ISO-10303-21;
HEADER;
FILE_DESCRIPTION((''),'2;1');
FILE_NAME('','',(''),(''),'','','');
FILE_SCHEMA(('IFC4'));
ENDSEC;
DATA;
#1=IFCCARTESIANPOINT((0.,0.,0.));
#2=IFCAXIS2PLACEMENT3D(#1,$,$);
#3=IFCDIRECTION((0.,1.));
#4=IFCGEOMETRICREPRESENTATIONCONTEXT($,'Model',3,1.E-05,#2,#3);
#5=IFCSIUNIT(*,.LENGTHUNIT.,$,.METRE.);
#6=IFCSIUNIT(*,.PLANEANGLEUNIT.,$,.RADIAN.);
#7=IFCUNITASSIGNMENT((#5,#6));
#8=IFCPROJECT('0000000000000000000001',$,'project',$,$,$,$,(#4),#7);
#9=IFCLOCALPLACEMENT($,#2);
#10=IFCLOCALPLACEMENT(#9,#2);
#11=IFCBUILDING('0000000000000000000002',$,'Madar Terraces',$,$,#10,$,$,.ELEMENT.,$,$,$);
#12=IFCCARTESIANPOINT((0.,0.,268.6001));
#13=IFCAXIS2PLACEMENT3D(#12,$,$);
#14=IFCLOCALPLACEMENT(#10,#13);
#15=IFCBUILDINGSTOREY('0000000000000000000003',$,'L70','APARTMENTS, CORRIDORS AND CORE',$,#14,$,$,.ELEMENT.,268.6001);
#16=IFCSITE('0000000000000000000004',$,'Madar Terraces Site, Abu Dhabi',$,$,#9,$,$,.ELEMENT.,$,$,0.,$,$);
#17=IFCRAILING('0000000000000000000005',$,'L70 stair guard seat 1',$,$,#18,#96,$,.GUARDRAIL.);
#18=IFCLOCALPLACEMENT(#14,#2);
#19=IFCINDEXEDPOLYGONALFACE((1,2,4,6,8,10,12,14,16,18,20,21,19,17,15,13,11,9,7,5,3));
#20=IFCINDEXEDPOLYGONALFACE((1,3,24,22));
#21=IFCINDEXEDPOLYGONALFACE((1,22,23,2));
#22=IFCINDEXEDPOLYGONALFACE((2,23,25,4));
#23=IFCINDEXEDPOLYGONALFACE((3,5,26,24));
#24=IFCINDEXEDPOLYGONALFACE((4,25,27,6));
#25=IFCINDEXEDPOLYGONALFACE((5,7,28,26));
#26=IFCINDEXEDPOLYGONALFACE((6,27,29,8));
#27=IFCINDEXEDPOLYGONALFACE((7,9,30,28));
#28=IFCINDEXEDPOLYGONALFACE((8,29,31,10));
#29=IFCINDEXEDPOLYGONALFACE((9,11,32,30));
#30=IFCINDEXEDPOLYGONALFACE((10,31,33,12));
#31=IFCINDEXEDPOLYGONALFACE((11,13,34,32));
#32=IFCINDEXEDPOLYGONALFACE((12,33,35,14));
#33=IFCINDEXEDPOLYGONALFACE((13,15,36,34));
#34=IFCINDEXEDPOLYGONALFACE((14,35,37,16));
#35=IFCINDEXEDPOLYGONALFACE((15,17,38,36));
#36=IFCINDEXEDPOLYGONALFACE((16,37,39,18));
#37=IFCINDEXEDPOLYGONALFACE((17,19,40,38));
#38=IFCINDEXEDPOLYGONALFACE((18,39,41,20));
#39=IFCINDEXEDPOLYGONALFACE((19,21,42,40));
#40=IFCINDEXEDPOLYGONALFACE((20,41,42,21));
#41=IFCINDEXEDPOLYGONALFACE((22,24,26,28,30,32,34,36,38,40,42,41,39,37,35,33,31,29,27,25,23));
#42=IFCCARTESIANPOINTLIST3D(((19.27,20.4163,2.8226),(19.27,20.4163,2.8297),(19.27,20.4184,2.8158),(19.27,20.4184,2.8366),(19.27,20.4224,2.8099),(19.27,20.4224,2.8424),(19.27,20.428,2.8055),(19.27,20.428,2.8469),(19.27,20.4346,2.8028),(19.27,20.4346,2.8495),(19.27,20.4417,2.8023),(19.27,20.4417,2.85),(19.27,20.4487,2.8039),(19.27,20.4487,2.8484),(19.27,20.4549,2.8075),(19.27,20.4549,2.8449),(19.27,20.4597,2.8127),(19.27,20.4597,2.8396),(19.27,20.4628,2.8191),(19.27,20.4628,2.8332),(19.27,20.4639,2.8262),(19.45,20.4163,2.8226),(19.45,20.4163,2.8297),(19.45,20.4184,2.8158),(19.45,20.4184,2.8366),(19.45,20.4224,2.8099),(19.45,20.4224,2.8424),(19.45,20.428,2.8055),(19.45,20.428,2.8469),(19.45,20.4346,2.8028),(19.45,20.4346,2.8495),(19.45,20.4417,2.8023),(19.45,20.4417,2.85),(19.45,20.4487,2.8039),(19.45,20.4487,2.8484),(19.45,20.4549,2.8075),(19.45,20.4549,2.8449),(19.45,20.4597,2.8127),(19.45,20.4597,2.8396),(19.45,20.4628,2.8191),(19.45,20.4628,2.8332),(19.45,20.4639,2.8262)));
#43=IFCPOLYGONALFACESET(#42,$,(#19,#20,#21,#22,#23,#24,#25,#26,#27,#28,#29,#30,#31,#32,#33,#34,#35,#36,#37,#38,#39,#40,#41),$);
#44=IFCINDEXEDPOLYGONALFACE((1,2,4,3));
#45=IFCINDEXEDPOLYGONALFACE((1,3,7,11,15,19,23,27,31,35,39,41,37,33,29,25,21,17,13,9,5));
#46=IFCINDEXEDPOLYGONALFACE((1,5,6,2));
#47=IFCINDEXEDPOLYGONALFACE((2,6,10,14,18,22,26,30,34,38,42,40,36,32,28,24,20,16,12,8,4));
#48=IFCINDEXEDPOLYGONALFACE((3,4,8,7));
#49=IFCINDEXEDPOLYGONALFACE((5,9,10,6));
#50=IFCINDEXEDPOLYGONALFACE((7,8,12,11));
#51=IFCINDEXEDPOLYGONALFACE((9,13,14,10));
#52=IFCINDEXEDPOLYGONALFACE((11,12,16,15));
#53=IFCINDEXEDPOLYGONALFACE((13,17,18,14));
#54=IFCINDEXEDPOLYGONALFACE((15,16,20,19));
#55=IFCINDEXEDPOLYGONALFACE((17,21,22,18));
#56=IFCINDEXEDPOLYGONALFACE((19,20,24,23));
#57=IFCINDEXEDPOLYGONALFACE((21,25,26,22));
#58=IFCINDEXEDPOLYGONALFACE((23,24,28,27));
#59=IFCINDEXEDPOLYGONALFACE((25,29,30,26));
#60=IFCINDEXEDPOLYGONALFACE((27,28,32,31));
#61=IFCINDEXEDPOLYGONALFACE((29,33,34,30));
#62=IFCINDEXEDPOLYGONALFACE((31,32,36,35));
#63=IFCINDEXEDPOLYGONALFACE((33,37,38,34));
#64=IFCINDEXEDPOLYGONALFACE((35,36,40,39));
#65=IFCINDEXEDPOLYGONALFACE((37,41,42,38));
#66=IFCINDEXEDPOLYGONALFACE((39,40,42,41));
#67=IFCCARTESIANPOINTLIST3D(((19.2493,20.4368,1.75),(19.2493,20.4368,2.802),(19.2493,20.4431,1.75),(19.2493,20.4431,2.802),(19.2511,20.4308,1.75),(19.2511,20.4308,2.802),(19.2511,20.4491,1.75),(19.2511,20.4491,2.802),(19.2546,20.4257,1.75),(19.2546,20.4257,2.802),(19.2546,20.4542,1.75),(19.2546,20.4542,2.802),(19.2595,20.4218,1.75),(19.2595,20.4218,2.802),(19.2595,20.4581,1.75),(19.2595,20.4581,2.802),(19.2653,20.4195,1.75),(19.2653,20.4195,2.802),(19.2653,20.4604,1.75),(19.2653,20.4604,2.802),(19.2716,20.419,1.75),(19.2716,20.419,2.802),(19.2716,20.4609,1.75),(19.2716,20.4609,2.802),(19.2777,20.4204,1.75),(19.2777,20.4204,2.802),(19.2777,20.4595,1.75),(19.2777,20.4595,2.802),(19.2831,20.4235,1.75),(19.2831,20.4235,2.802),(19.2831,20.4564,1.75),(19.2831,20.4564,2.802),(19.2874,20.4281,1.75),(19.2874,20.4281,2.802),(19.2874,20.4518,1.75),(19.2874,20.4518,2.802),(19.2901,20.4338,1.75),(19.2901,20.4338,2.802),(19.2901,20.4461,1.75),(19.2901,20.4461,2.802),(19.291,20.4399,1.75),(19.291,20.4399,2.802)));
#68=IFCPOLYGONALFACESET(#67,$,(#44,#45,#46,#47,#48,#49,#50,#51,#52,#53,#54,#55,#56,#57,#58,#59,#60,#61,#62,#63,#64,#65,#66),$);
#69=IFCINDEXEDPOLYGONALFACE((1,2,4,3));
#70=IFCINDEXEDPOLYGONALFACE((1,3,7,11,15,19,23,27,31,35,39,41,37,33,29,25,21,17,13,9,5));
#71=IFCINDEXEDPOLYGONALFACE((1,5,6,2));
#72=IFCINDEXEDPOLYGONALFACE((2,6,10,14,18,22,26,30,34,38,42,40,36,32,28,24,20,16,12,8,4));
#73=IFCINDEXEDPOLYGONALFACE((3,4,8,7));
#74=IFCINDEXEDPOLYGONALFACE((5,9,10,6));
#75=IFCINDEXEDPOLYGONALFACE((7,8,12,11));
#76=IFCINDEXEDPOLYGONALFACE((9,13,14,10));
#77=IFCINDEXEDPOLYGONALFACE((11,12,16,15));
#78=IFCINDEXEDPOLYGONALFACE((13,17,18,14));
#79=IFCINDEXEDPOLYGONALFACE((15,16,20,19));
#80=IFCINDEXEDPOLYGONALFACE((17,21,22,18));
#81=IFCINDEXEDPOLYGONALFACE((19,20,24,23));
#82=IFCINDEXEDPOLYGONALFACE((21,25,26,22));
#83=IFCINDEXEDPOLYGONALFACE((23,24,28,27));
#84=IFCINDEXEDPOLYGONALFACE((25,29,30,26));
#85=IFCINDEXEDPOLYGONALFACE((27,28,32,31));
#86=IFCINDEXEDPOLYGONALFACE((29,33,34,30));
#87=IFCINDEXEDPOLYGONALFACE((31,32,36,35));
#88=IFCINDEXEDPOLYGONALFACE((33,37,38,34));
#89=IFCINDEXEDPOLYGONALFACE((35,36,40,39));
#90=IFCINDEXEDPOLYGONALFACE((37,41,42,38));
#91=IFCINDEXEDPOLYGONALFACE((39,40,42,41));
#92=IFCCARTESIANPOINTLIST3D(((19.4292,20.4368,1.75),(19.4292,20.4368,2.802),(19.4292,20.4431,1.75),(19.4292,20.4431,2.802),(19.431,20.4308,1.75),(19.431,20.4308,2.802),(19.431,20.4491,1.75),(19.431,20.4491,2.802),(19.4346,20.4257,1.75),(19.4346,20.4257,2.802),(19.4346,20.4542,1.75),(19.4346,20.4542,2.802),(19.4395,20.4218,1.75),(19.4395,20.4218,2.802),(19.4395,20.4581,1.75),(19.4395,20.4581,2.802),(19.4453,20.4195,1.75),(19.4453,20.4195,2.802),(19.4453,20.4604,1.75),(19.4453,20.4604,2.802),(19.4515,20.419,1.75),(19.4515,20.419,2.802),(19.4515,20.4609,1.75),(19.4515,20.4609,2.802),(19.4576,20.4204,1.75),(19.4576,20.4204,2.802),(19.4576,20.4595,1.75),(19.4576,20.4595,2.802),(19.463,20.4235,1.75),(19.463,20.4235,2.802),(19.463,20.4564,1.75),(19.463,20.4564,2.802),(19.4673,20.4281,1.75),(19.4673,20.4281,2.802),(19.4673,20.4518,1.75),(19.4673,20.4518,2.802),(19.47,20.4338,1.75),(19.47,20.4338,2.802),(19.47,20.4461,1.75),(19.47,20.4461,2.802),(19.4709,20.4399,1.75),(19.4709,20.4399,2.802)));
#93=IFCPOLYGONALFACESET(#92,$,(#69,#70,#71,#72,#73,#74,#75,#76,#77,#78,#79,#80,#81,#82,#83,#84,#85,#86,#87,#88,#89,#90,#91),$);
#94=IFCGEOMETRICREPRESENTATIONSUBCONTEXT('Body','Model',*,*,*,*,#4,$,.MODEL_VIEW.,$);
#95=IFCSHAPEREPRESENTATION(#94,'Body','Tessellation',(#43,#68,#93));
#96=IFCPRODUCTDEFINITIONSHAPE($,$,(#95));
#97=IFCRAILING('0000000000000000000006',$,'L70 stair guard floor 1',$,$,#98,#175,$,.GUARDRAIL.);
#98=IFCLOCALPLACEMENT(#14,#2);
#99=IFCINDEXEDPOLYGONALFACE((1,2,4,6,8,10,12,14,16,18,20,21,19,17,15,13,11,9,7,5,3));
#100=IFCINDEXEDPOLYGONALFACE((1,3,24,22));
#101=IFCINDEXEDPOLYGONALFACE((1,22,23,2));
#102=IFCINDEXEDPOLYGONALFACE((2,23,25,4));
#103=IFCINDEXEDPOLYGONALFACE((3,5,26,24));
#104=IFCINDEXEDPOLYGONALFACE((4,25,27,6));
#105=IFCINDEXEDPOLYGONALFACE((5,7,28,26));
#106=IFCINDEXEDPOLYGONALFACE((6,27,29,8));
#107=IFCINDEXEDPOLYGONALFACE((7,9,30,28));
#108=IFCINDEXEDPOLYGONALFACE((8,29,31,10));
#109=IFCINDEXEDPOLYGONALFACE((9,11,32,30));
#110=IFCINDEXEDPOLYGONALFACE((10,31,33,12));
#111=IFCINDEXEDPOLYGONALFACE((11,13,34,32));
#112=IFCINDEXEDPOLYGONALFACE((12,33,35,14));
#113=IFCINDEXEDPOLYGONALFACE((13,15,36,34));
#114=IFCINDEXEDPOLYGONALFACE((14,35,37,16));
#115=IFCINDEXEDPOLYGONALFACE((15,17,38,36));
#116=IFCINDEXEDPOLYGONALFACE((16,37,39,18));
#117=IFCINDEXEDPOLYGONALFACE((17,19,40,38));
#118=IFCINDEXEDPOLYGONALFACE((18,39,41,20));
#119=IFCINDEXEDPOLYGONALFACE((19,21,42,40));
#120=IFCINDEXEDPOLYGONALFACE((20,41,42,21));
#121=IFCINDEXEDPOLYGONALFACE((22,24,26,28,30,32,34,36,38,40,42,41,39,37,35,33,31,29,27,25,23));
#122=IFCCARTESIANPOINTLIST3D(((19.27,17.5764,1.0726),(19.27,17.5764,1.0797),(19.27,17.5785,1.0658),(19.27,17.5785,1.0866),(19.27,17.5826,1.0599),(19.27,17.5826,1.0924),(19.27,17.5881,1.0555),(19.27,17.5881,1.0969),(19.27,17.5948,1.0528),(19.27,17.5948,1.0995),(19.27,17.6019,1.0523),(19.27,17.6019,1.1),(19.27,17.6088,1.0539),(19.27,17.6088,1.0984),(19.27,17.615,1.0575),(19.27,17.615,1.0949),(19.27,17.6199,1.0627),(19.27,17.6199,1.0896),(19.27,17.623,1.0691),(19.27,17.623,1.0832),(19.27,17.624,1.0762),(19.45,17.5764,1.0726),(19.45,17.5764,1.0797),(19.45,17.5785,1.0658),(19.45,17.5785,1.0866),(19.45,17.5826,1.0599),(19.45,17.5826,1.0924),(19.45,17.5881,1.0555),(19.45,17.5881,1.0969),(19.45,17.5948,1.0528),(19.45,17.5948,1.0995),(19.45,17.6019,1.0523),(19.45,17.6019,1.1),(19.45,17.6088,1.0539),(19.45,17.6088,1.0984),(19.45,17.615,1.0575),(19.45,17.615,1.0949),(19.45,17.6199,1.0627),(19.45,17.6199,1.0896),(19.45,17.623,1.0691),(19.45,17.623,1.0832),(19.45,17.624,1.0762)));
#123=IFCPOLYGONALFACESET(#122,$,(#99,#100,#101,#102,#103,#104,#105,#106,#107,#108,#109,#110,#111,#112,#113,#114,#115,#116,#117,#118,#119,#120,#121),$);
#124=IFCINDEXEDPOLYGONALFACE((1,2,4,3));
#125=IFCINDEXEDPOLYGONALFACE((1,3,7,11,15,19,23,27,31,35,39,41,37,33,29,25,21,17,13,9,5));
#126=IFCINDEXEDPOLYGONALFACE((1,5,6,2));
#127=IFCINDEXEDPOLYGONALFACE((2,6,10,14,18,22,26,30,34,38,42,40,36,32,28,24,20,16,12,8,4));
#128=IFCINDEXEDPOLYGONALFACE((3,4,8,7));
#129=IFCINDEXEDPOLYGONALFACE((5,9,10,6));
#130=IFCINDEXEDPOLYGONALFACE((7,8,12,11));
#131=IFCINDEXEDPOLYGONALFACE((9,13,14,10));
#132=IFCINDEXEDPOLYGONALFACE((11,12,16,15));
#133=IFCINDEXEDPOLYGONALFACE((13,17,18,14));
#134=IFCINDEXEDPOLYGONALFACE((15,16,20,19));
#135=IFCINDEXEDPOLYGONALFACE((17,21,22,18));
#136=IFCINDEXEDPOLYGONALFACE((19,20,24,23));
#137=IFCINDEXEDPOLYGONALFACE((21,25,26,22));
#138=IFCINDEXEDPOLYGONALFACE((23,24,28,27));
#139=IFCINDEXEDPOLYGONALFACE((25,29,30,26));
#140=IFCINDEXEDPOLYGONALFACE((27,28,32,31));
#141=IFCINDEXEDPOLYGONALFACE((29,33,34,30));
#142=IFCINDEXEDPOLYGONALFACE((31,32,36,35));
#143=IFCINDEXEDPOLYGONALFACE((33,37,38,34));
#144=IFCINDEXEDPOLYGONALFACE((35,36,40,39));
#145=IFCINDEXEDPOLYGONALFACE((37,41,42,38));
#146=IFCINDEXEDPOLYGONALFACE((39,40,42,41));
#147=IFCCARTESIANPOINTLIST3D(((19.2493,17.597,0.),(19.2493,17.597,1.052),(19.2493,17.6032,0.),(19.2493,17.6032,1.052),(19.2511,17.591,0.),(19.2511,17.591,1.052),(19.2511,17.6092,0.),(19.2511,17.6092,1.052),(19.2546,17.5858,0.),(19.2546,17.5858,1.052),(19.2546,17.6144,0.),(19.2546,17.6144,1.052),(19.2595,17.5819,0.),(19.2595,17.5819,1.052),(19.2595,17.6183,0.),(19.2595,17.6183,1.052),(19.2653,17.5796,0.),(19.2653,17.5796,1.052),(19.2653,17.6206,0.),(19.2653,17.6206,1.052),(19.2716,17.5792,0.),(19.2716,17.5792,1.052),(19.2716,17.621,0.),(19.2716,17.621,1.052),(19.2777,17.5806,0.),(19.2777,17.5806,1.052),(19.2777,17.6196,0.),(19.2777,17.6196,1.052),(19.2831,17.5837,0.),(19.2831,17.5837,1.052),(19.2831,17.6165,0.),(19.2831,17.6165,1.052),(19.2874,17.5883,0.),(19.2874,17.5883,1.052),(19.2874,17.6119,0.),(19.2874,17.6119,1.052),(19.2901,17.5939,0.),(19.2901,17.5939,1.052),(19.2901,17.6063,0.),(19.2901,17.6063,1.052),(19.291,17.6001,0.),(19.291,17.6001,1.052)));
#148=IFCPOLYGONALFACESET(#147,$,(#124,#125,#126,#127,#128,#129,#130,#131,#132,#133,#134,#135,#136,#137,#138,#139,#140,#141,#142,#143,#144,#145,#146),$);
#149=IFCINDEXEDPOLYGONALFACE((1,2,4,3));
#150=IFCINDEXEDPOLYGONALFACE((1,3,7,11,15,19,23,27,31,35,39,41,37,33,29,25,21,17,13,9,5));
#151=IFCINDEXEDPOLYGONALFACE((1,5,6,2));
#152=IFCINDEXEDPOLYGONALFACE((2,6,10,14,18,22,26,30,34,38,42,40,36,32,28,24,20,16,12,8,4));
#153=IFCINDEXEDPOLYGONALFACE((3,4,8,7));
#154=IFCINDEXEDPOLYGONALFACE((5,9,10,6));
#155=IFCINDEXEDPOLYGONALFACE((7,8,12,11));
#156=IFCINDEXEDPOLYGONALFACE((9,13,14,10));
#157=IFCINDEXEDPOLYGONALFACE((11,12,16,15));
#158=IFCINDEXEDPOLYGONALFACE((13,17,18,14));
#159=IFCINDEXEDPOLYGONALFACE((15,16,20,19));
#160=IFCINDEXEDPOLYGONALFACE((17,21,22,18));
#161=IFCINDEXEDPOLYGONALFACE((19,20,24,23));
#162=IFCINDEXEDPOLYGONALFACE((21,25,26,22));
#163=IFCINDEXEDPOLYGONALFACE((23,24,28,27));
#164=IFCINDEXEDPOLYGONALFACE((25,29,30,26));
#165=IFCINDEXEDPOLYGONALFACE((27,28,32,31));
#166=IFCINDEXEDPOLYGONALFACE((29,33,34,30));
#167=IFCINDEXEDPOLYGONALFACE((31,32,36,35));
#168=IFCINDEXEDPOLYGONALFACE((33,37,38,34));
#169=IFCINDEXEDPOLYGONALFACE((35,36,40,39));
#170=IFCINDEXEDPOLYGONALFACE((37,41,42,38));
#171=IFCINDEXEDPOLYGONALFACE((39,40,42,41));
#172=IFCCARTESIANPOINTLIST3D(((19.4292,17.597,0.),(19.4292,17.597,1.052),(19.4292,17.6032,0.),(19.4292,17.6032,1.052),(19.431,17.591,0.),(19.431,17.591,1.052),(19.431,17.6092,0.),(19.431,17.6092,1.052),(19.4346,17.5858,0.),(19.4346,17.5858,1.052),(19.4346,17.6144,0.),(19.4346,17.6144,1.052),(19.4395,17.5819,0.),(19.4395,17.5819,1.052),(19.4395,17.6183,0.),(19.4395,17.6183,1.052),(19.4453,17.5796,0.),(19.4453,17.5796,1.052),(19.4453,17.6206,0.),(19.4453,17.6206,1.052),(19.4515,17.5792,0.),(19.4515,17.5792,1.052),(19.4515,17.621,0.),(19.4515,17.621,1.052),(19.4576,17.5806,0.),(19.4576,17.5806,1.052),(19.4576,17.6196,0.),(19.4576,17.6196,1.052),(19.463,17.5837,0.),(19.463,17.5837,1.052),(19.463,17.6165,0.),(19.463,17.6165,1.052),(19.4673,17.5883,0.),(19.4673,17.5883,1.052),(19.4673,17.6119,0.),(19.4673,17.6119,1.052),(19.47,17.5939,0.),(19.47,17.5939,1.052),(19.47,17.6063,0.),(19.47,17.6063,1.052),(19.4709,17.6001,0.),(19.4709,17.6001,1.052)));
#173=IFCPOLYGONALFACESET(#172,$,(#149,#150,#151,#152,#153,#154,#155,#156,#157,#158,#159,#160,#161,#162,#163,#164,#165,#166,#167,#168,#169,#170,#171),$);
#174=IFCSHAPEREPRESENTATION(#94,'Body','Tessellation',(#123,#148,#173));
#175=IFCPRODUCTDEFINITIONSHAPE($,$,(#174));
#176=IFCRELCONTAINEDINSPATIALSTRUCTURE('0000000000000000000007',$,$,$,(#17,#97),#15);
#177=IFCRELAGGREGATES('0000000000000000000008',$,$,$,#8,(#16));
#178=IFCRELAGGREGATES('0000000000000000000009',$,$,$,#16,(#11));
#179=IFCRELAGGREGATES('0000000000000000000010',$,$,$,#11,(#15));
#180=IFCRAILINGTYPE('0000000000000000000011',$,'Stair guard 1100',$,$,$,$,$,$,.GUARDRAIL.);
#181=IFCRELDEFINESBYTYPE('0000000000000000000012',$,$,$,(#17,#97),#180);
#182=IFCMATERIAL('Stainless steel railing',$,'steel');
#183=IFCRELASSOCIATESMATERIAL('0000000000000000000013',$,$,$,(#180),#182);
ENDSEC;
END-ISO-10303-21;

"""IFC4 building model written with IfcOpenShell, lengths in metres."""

from ifc_helpers import new_model, si_unit, direction, frame, origin, origin_2d, place, context, subcontext, project, spatial, circle, extrude, material, type_object, element, save


model = new_model("IFC4")

# Units and contexts
model_context = context("Model", 3, precision=1e-05, world=origin(), true_north=direction((0.0, 1.0)))
body_context = subcontext(model_context, "Body", "Model", "MODEL_VIEW")
ifc_project = project(units=[si_unit("LENGTHUNIT", "METRE"), si_unit("PLANEANGLEUNIT", "RADIAN")], contexts=[model_context])

# Site, building, storey
site_placement = place(None, origin())
site = spatial("IfcSite", under=ifc_project, at=site_placement, Name="Madar Terraces Site, Abu Dhabi", CompositionType="ELEMENT", RefElevation=0.0)
building_placement = place(site_placement, origin())
building = spatial("IfcBuilding", under=site, at=building_placement, Name="Madar Terraces", CompositionType="ELEMENT")
storey_placement = place(building_placement, frame((0.0, 0.0, 268.6001)))
storey = spatial("IfcBuildingStorey", under=building, at=storey_placement, Name="L70", Description="APARTMENTS, CORRIDORS AND CORE", CompositionType="ELEMENT", Elevation=268.6001)

# Railings
ifc_material_1 = material(Name="Stainless steel railing", Category="steel")
railing_type_1 = type_object("IfcRailingType", Name="Stair guard 1100", PredefinedType="GUARDRAIL", material=ifc_material_1)
for number, where, name in (
    (1, (19.27, 20.4399, 1.75), "L70 stair guard seat 1"),
    (2, (19.27, 17.6001, 0.0), "L70 stair guard floor 1"),
):
    element("IfcRailing", number, at=place(storey_placement, frame(where)), inside=storey, type_object=railing_type_1, Name=name, PredefinedType="GUARDRAIL", context=body_context, shape_type="SweptSolid", body=[
        extrude(circle(Radius=0.0239, at=origin_2d()), frame((0.0, 0.0, 1.0762), z_axis=(1.0, 0.0, 0.0), x_axis=(0.0, 1.0, 0.0)), (0.0, 0.0, 1.0), 0.1799),
        extrude(circle(Radius=0.021, at=origin_2d()), origin(), (0.0, 0.0, 1.0), 1.052),
        extrude(circle(Radius=0.021, at=origin_2d()), frame((0.1799, 0.0, 0.0)), (0.0, 0.0, 1.0), 1.052),
    ])

save(model, "model.ifc")
